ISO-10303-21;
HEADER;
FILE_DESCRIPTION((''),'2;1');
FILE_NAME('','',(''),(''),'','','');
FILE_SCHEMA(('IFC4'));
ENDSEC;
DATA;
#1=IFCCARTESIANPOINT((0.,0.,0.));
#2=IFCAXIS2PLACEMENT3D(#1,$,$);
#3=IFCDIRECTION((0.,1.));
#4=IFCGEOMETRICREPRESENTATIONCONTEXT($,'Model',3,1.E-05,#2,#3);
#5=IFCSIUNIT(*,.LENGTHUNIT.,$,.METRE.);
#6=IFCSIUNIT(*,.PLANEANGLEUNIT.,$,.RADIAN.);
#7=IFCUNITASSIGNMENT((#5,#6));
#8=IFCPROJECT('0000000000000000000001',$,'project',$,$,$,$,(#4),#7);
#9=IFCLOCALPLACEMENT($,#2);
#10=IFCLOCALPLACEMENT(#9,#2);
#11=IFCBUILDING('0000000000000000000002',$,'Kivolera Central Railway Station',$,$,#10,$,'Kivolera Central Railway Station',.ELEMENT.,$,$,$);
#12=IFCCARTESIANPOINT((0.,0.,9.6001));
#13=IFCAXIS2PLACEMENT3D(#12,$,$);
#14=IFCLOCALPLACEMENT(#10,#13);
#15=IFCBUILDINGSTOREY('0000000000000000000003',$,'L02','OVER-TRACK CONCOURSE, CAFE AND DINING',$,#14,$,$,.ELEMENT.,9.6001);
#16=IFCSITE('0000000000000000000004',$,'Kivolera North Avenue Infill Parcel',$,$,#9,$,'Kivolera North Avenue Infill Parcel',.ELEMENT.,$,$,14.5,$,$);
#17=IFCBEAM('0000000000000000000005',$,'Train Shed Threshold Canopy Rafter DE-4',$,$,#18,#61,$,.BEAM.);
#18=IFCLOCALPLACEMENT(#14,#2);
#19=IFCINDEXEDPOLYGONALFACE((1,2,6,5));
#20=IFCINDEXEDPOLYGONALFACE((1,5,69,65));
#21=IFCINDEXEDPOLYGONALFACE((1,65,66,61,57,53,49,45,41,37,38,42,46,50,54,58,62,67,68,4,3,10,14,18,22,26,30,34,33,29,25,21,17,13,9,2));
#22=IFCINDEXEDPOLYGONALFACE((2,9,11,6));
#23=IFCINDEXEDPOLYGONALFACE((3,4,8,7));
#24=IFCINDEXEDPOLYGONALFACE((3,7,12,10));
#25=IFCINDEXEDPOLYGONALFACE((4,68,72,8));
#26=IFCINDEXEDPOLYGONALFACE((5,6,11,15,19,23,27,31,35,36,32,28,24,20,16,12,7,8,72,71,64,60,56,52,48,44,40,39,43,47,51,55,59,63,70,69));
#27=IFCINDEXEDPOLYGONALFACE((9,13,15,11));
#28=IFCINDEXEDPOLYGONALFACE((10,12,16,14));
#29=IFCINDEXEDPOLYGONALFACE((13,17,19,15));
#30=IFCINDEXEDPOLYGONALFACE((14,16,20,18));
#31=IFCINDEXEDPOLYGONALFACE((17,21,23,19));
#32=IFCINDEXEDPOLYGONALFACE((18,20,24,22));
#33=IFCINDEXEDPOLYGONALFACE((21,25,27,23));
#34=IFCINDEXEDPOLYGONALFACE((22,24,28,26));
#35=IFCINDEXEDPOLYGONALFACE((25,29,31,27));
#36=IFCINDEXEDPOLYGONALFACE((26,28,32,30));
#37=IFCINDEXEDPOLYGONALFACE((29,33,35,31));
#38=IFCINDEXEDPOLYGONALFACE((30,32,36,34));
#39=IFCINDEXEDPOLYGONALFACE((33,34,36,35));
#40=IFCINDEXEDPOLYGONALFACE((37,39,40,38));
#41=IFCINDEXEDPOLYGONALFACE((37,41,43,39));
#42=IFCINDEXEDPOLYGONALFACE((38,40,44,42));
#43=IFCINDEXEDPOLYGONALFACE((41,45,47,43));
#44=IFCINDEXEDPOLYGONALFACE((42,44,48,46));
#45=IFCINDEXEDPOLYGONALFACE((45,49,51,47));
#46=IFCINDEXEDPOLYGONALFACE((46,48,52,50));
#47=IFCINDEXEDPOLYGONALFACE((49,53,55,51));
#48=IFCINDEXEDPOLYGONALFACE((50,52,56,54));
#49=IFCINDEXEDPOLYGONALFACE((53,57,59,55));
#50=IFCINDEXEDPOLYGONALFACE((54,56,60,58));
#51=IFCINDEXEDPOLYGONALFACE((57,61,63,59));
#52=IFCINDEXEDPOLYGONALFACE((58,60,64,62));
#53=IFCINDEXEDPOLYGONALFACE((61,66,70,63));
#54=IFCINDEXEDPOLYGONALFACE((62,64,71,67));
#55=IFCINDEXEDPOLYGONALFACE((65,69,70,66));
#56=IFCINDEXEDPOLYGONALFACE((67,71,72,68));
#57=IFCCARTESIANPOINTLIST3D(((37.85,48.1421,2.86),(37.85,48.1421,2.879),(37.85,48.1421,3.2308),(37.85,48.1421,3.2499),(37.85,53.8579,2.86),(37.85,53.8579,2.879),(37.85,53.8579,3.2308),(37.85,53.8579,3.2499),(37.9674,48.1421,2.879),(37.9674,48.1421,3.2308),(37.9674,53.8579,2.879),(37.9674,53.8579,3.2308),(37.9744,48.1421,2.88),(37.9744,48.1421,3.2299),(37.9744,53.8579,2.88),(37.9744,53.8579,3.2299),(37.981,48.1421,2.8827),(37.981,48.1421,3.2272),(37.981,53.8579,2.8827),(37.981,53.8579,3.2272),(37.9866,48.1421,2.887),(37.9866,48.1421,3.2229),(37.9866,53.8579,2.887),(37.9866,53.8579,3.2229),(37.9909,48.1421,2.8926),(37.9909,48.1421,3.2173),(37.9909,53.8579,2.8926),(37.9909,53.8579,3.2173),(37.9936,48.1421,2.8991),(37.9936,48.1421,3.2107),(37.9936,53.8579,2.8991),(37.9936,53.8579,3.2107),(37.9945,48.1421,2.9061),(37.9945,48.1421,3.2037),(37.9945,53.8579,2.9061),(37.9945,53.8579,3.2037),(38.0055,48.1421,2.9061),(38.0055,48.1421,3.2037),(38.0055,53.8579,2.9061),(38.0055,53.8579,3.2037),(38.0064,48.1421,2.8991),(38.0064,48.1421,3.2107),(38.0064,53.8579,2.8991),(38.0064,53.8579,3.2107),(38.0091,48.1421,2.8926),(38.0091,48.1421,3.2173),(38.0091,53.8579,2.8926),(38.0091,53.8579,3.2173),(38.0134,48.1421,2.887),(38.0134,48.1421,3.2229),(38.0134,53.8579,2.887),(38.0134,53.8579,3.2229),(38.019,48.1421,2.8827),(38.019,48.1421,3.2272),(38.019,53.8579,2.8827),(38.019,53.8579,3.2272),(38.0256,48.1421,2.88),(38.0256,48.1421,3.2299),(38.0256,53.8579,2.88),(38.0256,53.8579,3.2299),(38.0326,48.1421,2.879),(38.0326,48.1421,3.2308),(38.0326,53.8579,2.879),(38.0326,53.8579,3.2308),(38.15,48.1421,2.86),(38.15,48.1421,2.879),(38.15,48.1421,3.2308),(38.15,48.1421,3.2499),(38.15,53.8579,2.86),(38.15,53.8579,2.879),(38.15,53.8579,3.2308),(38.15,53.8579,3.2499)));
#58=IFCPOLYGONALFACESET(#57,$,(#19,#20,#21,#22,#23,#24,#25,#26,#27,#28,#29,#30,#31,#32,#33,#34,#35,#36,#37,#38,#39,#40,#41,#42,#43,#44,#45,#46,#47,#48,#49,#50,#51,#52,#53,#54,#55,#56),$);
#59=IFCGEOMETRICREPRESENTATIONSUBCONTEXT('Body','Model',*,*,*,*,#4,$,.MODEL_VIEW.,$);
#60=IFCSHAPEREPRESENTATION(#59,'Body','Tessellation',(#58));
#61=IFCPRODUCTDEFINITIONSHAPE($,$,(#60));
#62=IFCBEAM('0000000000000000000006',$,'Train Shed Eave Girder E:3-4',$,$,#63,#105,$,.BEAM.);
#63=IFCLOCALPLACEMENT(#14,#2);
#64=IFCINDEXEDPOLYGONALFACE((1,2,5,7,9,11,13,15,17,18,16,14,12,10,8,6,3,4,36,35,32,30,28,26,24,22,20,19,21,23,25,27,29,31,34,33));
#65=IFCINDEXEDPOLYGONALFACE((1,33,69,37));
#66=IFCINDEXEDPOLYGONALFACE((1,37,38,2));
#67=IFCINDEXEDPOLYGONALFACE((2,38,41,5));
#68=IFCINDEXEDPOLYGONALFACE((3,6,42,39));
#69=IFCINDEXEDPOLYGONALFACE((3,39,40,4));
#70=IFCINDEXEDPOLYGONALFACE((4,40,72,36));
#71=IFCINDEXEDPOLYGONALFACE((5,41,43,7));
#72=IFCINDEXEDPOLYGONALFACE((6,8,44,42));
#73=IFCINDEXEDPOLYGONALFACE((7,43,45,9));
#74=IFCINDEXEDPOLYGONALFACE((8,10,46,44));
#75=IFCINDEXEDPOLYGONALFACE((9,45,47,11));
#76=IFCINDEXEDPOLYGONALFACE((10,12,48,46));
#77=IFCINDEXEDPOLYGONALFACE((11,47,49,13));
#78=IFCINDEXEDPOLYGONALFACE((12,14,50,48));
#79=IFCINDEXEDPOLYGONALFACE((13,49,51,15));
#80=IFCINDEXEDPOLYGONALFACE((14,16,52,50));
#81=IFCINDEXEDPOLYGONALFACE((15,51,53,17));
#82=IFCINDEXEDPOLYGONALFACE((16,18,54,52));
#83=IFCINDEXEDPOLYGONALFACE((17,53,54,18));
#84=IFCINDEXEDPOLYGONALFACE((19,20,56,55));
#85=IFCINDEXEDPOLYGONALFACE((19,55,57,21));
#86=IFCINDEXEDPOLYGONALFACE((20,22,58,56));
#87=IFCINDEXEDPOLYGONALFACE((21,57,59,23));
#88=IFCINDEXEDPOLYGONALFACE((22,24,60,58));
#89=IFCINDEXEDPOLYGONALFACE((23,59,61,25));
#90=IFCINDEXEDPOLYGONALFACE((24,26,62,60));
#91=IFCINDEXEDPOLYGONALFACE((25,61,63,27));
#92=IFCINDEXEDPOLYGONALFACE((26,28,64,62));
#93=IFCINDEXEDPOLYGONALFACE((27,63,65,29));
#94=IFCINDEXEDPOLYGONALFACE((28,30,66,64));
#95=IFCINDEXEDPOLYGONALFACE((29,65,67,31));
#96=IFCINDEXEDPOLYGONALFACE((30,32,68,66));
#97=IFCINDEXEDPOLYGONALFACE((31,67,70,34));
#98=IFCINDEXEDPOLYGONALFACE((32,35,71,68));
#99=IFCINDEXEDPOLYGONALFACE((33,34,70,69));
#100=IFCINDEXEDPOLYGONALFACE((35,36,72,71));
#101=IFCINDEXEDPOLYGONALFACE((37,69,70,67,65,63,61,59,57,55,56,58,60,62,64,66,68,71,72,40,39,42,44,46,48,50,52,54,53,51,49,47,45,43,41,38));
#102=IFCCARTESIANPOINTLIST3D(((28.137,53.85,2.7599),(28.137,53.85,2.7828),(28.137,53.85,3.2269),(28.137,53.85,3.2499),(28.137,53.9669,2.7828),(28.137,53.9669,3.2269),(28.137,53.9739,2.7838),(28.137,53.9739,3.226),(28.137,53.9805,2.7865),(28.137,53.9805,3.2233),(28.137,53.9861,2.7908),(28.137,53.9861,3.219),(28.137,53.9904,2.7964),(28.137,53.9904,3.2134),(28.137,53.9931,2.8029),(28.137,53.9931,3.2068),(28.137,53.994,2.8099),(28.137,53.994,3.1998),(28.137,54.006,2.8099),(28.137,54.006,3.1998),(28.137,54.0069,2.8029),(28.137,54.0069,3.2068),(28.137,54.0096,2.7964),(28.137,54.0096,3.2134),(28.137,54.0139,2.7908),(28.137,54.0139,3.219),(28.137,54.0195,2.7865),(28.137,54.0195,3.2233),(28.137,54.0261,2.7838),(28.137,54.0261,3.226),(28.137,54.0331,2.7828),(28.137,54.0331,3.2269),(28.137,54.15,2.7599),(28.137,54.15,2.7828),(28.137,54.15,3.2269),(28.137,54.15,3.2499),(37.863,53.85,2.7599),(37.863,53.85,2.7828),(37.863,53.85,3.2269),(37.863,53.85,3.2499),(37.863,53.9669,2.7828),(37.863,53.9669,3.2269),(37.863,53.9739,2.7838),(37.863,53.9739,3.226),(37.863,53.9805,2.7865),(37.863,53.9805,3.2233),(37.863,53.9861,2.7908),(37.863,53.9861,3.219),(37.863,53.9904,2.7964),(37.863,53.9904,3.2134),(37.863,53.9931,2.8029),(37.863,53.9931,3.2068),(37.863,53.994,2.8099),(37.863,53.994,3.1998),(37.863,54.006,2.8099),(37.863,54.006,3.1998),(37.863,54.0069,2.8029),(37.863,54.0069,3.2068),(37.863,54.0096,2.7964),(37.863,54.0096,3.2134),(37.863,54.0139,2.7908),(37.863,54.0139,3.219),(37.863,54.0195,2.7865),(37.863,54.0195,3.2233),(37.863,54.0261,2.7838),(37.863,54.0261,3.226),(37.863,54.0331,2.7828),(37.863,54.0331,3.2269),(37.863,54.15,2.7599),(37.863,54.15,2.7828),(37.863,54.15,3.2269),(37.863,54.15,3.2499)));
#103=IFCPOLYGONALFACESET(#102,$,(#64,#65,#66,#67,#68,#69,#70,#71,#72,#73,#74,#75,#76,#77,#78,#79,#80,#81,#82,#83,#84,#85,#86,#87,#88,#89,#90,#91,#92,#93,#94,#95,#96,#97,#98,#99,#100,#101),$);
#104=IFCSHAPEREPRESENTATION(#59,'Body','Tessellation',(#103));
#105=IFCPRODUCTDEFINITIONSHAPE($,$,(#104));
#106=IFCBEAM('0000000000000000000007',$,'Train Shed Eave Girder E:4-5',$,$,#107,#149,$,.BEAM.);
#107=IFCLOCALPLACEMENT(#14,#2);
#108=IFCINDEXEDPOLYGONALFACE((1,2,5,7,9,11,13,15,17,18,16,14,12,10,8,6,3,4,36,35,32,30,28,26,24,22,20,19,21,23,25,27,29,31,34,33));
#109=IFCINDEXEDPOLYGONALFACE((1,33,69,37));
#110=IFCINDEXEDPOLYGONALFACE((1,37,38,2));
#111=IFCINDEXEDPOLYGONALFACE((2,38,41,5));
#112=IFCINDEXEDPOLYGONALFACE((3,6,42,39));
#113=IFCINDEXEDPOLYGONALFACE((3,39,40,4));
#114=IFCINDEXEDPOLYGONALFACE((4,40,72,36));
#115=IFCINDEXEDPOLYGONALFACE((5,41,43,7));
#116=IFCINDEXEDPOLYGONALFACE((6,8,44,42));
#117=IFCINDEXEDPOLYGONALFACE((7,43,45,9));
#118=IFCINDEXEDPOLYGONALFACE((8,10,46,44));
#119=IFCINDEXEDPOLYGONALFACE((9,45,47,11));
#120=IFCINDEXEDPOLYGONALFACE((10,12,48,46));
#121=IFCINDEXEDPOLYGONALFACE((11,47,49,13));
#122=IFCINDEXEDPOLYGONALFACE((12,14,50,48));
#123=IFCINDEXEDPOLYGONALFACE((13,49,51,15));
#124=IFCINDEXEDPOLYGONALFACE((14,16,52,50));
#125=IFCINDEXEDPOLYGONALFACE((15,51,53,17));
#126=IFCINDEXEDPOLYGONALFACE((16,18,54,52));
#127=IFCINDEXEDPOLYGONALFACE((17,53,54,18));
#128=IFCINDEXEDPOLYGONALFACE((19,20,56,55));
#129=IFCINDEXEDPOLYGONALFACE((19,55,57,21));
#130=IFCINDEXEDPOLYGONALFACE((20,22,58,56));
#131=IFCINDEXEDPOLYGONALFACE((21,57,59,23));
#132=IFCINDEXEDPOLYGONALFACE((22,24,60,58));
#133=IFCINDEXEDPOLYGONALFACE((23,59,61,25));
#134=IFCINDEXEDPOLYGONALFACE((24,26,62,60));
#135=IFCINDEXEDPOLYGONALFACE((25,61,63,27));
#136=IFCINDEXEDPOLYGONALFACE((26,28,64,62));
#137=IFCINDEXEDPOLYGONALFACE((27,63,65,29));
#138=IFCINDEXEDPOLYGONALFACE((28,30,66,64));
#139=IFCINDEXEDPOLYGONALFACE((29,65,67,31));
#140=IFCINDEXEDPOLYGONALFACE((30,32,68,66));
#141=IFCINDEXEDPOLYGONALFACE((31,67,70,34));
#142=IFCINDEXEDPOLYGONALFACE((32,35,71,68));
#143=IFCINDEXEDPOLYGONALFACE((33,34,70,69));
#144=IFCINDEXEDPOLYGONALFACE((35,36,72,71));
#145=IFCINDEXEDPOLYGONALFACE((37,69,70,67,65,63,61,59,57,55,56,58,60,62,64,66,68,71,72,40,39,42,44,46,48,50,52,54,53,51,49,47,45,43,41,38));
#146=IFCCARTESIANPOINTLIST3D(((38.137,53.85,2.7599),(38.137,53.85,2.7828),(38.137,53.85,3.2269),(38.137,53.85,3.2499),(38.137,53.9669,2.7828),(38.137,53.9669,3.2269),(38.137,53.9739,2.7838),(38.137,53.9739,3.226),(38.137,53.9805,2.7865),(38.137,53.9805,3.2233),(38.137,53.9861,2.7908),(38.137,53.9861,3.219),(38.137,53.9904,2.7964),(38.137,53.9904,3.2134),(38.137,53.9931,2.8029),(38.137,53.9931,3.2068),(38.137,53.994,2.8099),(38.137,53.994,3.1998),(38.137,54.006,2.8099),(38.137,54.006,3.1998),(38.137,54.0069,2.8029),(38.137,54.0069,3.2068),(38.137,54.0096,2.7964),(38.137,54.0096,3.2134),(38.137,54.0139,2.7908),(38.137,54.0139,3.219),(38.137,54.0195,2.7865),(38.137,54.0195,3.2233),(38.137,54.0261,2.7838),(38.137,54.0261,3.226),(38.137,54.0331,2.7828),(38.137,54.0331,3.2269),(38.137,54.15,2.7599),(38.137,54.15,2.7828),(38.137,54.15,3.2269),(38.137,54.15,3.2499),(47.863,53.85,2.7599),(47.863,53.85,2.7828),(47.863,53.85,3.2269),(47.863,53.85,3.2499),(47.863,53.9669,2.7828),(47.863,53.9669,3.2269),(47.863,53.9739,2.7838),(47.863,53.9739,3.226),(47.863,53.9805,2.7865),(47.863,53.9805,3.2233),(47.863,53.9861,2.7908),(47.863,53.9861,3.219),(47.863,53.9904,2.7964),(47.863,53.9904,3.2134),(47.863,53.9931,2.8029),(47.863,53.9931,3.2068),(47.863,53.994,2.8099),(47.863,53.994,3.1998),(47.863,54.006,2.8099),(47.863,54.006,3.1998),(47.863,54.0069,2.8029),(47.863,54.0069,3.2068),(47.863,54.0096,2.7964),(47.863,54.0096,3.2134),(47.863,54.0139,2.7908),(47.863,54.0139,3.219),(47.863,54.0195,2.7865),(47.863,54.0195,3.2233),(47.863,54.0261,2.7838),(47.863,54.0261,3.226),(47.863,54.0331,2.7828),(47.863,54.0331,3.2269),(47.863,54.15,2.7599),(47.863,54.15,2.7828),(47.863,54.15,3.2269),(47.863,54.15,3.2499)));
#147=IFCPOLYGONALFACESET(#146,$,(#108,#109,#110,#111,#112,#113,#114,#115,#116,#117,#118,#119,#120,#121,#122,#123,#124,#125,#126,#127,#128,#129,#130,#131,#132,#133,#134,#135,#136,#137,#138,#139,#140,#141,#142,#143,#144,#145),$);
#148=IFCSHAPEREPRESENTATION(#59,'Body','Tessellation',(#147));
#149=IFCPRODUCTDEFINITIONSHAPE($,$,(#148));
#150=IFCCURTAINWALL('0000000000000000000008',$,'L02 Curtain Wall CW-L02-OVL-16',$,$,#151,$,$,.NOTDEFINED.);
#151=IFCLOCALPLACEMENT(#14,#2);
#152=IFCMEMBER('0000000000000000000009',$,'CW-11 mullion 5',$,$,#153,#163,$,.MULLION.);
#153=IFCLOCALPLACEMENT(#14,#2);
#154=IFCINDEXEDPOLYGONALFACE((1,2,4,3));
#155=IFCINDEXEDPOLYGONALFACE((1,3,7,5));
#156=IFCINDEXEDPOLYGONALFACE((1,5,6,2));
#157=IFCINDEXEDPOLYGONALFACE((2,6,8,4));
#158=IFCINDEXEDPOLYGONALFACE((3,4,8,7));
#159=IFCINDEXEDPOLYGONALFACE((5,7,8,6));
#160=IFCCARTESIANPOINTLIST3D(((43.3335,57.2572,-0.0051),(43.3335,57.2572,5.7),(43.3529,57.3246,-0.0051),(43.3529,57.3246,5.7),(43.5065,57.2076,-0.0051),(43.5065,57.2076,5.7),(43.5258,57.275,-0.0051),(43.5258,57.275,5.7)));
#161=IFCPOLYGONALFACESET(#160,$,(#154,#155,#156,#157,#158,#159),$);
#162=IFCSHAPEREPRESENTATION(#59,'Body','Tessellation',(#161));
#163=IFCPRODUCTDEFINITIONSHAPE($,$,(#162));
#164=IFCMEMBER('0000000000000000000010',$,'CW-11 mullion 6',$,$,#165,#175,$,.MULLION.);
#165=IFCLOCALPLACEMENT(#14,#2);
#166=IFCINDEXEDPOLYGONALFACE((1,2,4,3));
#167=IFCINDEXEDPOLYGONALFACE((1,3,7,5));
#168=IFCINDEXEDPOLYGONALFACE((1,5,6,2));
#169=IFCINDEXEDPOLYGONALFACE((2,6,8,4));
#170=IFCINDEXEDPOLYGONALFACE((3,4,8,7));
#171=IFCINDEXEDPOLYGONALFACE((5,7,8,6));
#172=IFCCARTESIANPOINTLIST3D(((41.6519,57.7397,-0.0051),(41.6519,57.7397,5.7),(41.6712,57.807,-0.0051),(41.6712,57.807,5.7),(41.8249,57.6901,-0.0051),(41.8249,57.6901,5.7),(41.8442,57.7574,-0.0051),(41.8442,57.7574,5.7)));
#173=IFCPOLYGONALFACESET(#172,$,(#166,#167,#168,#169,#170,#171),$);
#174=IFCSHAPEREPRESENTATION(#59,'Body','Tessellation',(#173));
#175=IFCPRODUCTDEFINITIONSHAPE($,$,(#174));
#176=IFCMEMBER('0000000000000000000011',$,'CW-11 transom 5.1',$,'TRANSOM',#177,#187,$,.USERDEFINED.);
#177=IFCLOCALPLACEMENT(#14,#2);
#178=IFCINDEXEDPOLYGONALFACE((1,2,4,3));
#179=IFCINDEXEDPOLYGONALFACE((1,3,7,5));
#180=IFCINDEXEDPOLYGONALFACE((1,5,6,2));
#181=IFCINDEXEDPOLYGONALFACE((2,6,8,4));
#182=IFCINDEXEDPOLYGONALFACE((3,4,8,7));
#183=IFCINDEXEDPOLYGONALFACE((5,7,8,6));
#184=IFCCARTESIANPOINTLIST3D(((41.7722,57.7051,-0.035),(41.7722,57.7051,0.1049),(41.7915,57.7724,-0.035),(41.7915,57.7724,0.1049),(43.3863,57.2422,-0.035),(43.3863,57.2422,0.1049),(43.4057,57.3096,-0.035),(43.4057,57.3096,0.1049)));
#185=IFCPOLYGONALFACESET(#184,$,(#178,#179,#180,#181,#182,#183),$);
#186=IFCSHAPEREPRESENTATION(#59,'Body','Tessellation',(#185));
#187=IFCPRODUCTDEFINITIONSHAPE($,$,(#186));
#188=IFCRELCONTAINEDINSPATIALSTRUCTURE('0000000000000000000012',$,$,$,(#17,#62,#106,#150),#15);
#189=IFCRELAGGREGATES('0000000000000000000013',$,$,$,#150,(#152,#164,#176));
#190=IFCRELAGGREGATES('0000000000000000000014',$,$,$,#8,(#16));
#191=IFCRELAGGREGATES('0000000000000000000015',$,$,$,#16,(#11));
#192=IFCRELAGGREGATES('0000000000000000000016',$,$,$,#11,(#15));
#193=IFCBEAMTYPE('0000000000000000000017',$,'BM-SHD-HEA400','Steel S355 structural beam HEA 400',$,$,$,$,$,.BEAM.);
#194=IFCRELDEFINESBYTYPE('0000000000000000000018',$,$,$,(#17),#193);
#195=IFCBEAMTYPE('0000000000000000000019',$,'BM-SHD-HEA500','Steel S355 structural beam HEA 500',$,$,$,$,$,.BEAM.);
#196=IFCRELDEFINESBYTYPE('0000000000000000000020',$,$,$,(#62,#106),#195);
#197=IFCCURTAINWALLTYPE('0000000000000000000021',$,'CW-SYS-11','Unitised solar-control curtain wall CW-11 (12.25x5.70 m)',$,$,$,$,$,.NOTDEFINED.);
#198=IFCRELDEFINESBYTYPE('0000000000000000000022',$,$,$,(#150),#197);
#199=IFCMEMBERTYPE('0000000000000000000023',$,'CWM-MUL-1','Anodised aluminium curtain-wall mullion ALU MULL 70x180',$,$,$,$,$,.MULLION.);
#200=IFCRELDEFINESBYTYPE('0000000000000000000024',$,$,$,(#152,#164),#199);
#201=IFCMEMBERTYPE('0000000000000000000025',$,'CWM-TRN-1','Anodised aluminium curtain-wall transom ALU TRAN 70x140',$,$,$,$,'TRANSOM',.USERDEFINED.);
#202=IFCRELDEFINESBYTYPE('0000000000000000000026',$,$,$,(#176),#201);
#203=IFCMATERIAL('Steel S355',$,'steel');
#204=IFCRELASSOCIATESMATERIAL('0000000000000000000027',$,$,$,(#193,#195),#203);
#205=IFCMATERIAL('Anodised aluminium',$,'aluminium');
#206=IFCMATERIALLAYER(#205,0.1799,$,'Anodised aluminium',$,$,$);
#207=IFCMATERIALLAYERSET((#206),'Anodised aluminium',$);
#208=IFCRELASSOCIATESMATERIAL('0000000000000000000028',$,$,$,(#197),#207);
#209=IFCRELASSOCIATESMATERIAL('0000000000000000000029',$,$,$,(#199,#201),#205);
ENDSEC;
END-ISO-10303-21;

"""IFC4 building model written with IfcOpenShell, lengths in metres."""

from ifc_helpers import new_model, si_unit, direction, frame, origin, origin_2d, place, context, subcontext, project, spatial, rectangle, i_section, extrude, material, layer, layer_set, material_profile, profile_set, type_object, element, aggregate, save


model = new_model("IFC4")

# Units and contexts
model_context = context("Model", 3, precision=1e-05, world=origin(), true_north=direction((0.0, 1.0)))
body_context = subcontext(model_context, "Body", "Model", "MODEL_VIEW")
ifc_project = project(units=[si_unit("LENGTHUNIT", "METRE"), si_unit("PLANEANGLEUNIT", "RADIAN")], contexts=[model_context])

# Site, building, storey
site_placement = place(None, origin())
site = spatial("IfcSite", under=ifc_project, at=site_placement, Name="Kivolera North Avenue Infill Parcel", LongName="Kivolera North Avenue Infill Parcel", CompositionType="ELEMENT", RefElevation=14.5)
building_placement = place(site_placement, origin())
building = spatial("IfcBuilding", under=site, at=building_placement, Name="Kivolera Central Railway Station", LongName="Kivolera Central Railway Station", CompositionType="ELEMENT")
storey_placement = place(building_placement, frame((0.0, 0.0, 9.6001)))
storey = spatial("IfcBuildingStorey", under=building, at=storey_placement, Name="L02", Description="OVER-TRACK CONCOURSE, CAFE AND DINING", CompositionType="ELEMENT", Elevation=9.6001)

# Shared definitions
ifc_material_1 = material(Name="Steel S355", Category="steel")

# Beams
ifc_material_profile_1 = material_profile(ifc_material_1, i_section(OverallWidth=0.3, OverallDepth=0.3899, WebThickness=0.011, FlangeThickness=0.019, FilletRadius=0.0271, at=origin_2d()), Name="HEA 400")
ifc_profile_set_1 = profile_set([ifc_material_profile_1], Name="Steel S355")
beam_type_1 = type_object("IfcBeamType", Name="BM-SHD-HEA400", Description="Steel S355 structural beam HEA 400", PredefinedType="BEAM", material=ifc_profile_set_1)
for number, where, z_axis, x_axis, name in (
    (1, (38.0, 48.1421, 3.0549), (0.0, 1.0, 0.0), (-1.0, 0.0, 0.0), "Train Shed Threshold Canopy Rafter DE-4"),
):
    element("IfcBeam", number, at=place(storey_placement, frame(where, z_axis=z_axis, x_axis=x_axis)), inside=storey, type_object=beam_type_1, Name=name, PredefinedType="BEAM", context=body_context, shape_type="SweptSolid", body=[
        extrude(i_section(OverallWidth=0.3, OverallDepth=0.3899, WebThickness=0.011, FlangeThickness=0.019, FilletRadius=0.0271, at=origin_2d()), origin(), (0.0, 0.0, 1.0), 5.7158),
    ])
ifc_material_profile_2 = material_profile(ifc_material_1, i_section(OverallWidth=0.3, OverallDepth=0.49, WebThickness=0.012, FlangeThickness=0.0229, FilletRadius=0.0271, at=origin_2d()), Name="HEA 500")
ifc_profile_set_2 = profile_set([ifc_material_profile_2], Name="Steel S355")
beam_type_2 = type_object("IfcBeamType", Name="BM-SHD-HEA500", Description="Steel S355 structural beam HEA 500", PredefinedType="BEAM", material=ifc_profile_set_2)
for number, where, z_axis, x_axis, name in (
    (2, (28.137, 54.0, 3.0049), (1.0, 0.0, 0.0), (0.0, 1.0, 0.0), "Train Shed Eave Girder E:3-4"),
    (3, (38.137, 54.0, 3.0049), (1.0, 0.0, 0.0), (0.0, 1.0, 0.0), "Train Shed Eave Girder E:4-5"),
):
    element("IfcBeam", number, at=place(storey_placement, frame(where, z_axis=z_axis, x_axis=x_axis)), inside=storey, type_object=beam_type_2, Name=name, PredefinedType="BEAM", context=body_context, shape_type="SweptSolid", body=[
        extrude(i_section(OverallWidth=0.3, OverallDepth=0.49, WebThickness=0.012, FlangeThickness=0.0229, FilletRadius=0.0271, at=origin_2d()), origin(), (0.0, 0.0, 1.0), 9.7261),
    ])

# Curtain wall, members
ifc_material_2 = material(Name="Anodised aluminium", Category="aluminium")
ifc_layer_1 = layer(ifc_material_2, 0.1799, Name="Anodised aluminium")
ifc_layer_set_1 = layer_set([ifc_layer_1], Name="Anodised aluminium")
curtain_wall_type = type_object("IfcCurtainWallType", Name="CW-SYS-11", Description="Unitised solar-control curtain wall CW-11 (12.25x5.70 m)", PredefinedType="NOTDEFINED", material=ifc_layer_set_1)
curtain_wall_placement = place(storey_placement, origin())
curtain_wall = element("IfcCurtainWall", 4, at=curtain_wall_placement, inside=storey, type_object=curtain_wall_type, Name="L02 Curtain Wall CW-L02-OVL-16", PredefinedType="NOTDEFINED")
ifc_material_profile_3 = material_profile(ifc_material_2, rectangle(XDim=0.0701, YDim=0.1799, at=origin_2d()), Name="ALU MULL 70x180")
ifc_profile_set_3 = profile_set([ifc_material_profile_3], Name="Anodised aluminium")
member_type_1 = type_object("IfcMemberType", Name="CWM-MUL-1", Description="Anodised aluminium curtain-wall mullion ALU MULL 70x180", PredefinedType="MULLION", material=ifc_profile_set_3)
member_1_placement = place(storey_placement, frame((43.4297, 57.2661, -0.0051), z_axis=(0.0, 0.0, 1.0), x_axis=(-0.275692, -0.961246, 0.0)))
member_1 = element("IfcMember", 5, at=member_1_placement, type_object=member_type_1, Name="CW-11 mullion 5", PredefinedType="MULLION", context=body_context, shape_type="SweptSolid", body=[
    extrude(rectangle(XDim=0.0701, YDim=0.1799, at=origin_2d()), origin(), (0.0, 0.0, 1.0), 5.7051),
])
member_2_placement = place(storey_placement, frame((41.748, 57.7485, -0.0051), z_axis=(0.0, 0.0, 1.0), x_axis=(-0.275692, -0.961246, 0.0)))
member_2 = element("IfcMember", 6, at=member_2_placement, type_object=member_type_1, Name="CW-11 mullion 6", PredefinedType="MULLION", context=body_context, shape_type="SweptSolid", body=[
    extrude(rectangle(XDim=0.0701, YDim=0.1799, at=origin_2d()), origin(), (0.0, 0.0, 1.0), 5.7051),
])
ifc_material_profile_4 = material_profile(ifc_material_2, rectangle(XDim=0.0701, YDim=0.1399, at=origin_2d()), Name="ALU TRAN 70x140")
ifc_profile_set_4 = profile_set([ifc_material_profile_4], Name="Anodised aluminium")
member_type_2 = type_object("IfcMemberType", Name="CWM-TRN-1", Description="Anodised aluminium curtain-wall transom ALU TRAN 70x140", ElementType="TRANSOM", PredefinedType="USERDEFINED", material=ifc_profile_set_4)
member_3_placement = place(storey_placement, frame((43.396, 57.2759, 0.0349), z_axis=(-0.96126, 0.275643, 0.0), x_axis=(-0.275643, -0.96126, 0.0)))
member_3 = element("IfcMember", 7, at=member_3_placement, type_object=member_type_2, Name="CW-11 transom 5.1", ObjectType="TRANSOM", PredefinedType="USERDEFINED", context=body_context, shape_type="SweptSolid", body=[
    extrude(rectangle(XDim=0.0701, YDim=0.1399, at=origin_2d()), origin(), (0.0, 0.0, 1.0), 1.6792),
])

aggregate(curtain_wall, [member_1, member_2, member_3])

save(model, "model.ifc")
